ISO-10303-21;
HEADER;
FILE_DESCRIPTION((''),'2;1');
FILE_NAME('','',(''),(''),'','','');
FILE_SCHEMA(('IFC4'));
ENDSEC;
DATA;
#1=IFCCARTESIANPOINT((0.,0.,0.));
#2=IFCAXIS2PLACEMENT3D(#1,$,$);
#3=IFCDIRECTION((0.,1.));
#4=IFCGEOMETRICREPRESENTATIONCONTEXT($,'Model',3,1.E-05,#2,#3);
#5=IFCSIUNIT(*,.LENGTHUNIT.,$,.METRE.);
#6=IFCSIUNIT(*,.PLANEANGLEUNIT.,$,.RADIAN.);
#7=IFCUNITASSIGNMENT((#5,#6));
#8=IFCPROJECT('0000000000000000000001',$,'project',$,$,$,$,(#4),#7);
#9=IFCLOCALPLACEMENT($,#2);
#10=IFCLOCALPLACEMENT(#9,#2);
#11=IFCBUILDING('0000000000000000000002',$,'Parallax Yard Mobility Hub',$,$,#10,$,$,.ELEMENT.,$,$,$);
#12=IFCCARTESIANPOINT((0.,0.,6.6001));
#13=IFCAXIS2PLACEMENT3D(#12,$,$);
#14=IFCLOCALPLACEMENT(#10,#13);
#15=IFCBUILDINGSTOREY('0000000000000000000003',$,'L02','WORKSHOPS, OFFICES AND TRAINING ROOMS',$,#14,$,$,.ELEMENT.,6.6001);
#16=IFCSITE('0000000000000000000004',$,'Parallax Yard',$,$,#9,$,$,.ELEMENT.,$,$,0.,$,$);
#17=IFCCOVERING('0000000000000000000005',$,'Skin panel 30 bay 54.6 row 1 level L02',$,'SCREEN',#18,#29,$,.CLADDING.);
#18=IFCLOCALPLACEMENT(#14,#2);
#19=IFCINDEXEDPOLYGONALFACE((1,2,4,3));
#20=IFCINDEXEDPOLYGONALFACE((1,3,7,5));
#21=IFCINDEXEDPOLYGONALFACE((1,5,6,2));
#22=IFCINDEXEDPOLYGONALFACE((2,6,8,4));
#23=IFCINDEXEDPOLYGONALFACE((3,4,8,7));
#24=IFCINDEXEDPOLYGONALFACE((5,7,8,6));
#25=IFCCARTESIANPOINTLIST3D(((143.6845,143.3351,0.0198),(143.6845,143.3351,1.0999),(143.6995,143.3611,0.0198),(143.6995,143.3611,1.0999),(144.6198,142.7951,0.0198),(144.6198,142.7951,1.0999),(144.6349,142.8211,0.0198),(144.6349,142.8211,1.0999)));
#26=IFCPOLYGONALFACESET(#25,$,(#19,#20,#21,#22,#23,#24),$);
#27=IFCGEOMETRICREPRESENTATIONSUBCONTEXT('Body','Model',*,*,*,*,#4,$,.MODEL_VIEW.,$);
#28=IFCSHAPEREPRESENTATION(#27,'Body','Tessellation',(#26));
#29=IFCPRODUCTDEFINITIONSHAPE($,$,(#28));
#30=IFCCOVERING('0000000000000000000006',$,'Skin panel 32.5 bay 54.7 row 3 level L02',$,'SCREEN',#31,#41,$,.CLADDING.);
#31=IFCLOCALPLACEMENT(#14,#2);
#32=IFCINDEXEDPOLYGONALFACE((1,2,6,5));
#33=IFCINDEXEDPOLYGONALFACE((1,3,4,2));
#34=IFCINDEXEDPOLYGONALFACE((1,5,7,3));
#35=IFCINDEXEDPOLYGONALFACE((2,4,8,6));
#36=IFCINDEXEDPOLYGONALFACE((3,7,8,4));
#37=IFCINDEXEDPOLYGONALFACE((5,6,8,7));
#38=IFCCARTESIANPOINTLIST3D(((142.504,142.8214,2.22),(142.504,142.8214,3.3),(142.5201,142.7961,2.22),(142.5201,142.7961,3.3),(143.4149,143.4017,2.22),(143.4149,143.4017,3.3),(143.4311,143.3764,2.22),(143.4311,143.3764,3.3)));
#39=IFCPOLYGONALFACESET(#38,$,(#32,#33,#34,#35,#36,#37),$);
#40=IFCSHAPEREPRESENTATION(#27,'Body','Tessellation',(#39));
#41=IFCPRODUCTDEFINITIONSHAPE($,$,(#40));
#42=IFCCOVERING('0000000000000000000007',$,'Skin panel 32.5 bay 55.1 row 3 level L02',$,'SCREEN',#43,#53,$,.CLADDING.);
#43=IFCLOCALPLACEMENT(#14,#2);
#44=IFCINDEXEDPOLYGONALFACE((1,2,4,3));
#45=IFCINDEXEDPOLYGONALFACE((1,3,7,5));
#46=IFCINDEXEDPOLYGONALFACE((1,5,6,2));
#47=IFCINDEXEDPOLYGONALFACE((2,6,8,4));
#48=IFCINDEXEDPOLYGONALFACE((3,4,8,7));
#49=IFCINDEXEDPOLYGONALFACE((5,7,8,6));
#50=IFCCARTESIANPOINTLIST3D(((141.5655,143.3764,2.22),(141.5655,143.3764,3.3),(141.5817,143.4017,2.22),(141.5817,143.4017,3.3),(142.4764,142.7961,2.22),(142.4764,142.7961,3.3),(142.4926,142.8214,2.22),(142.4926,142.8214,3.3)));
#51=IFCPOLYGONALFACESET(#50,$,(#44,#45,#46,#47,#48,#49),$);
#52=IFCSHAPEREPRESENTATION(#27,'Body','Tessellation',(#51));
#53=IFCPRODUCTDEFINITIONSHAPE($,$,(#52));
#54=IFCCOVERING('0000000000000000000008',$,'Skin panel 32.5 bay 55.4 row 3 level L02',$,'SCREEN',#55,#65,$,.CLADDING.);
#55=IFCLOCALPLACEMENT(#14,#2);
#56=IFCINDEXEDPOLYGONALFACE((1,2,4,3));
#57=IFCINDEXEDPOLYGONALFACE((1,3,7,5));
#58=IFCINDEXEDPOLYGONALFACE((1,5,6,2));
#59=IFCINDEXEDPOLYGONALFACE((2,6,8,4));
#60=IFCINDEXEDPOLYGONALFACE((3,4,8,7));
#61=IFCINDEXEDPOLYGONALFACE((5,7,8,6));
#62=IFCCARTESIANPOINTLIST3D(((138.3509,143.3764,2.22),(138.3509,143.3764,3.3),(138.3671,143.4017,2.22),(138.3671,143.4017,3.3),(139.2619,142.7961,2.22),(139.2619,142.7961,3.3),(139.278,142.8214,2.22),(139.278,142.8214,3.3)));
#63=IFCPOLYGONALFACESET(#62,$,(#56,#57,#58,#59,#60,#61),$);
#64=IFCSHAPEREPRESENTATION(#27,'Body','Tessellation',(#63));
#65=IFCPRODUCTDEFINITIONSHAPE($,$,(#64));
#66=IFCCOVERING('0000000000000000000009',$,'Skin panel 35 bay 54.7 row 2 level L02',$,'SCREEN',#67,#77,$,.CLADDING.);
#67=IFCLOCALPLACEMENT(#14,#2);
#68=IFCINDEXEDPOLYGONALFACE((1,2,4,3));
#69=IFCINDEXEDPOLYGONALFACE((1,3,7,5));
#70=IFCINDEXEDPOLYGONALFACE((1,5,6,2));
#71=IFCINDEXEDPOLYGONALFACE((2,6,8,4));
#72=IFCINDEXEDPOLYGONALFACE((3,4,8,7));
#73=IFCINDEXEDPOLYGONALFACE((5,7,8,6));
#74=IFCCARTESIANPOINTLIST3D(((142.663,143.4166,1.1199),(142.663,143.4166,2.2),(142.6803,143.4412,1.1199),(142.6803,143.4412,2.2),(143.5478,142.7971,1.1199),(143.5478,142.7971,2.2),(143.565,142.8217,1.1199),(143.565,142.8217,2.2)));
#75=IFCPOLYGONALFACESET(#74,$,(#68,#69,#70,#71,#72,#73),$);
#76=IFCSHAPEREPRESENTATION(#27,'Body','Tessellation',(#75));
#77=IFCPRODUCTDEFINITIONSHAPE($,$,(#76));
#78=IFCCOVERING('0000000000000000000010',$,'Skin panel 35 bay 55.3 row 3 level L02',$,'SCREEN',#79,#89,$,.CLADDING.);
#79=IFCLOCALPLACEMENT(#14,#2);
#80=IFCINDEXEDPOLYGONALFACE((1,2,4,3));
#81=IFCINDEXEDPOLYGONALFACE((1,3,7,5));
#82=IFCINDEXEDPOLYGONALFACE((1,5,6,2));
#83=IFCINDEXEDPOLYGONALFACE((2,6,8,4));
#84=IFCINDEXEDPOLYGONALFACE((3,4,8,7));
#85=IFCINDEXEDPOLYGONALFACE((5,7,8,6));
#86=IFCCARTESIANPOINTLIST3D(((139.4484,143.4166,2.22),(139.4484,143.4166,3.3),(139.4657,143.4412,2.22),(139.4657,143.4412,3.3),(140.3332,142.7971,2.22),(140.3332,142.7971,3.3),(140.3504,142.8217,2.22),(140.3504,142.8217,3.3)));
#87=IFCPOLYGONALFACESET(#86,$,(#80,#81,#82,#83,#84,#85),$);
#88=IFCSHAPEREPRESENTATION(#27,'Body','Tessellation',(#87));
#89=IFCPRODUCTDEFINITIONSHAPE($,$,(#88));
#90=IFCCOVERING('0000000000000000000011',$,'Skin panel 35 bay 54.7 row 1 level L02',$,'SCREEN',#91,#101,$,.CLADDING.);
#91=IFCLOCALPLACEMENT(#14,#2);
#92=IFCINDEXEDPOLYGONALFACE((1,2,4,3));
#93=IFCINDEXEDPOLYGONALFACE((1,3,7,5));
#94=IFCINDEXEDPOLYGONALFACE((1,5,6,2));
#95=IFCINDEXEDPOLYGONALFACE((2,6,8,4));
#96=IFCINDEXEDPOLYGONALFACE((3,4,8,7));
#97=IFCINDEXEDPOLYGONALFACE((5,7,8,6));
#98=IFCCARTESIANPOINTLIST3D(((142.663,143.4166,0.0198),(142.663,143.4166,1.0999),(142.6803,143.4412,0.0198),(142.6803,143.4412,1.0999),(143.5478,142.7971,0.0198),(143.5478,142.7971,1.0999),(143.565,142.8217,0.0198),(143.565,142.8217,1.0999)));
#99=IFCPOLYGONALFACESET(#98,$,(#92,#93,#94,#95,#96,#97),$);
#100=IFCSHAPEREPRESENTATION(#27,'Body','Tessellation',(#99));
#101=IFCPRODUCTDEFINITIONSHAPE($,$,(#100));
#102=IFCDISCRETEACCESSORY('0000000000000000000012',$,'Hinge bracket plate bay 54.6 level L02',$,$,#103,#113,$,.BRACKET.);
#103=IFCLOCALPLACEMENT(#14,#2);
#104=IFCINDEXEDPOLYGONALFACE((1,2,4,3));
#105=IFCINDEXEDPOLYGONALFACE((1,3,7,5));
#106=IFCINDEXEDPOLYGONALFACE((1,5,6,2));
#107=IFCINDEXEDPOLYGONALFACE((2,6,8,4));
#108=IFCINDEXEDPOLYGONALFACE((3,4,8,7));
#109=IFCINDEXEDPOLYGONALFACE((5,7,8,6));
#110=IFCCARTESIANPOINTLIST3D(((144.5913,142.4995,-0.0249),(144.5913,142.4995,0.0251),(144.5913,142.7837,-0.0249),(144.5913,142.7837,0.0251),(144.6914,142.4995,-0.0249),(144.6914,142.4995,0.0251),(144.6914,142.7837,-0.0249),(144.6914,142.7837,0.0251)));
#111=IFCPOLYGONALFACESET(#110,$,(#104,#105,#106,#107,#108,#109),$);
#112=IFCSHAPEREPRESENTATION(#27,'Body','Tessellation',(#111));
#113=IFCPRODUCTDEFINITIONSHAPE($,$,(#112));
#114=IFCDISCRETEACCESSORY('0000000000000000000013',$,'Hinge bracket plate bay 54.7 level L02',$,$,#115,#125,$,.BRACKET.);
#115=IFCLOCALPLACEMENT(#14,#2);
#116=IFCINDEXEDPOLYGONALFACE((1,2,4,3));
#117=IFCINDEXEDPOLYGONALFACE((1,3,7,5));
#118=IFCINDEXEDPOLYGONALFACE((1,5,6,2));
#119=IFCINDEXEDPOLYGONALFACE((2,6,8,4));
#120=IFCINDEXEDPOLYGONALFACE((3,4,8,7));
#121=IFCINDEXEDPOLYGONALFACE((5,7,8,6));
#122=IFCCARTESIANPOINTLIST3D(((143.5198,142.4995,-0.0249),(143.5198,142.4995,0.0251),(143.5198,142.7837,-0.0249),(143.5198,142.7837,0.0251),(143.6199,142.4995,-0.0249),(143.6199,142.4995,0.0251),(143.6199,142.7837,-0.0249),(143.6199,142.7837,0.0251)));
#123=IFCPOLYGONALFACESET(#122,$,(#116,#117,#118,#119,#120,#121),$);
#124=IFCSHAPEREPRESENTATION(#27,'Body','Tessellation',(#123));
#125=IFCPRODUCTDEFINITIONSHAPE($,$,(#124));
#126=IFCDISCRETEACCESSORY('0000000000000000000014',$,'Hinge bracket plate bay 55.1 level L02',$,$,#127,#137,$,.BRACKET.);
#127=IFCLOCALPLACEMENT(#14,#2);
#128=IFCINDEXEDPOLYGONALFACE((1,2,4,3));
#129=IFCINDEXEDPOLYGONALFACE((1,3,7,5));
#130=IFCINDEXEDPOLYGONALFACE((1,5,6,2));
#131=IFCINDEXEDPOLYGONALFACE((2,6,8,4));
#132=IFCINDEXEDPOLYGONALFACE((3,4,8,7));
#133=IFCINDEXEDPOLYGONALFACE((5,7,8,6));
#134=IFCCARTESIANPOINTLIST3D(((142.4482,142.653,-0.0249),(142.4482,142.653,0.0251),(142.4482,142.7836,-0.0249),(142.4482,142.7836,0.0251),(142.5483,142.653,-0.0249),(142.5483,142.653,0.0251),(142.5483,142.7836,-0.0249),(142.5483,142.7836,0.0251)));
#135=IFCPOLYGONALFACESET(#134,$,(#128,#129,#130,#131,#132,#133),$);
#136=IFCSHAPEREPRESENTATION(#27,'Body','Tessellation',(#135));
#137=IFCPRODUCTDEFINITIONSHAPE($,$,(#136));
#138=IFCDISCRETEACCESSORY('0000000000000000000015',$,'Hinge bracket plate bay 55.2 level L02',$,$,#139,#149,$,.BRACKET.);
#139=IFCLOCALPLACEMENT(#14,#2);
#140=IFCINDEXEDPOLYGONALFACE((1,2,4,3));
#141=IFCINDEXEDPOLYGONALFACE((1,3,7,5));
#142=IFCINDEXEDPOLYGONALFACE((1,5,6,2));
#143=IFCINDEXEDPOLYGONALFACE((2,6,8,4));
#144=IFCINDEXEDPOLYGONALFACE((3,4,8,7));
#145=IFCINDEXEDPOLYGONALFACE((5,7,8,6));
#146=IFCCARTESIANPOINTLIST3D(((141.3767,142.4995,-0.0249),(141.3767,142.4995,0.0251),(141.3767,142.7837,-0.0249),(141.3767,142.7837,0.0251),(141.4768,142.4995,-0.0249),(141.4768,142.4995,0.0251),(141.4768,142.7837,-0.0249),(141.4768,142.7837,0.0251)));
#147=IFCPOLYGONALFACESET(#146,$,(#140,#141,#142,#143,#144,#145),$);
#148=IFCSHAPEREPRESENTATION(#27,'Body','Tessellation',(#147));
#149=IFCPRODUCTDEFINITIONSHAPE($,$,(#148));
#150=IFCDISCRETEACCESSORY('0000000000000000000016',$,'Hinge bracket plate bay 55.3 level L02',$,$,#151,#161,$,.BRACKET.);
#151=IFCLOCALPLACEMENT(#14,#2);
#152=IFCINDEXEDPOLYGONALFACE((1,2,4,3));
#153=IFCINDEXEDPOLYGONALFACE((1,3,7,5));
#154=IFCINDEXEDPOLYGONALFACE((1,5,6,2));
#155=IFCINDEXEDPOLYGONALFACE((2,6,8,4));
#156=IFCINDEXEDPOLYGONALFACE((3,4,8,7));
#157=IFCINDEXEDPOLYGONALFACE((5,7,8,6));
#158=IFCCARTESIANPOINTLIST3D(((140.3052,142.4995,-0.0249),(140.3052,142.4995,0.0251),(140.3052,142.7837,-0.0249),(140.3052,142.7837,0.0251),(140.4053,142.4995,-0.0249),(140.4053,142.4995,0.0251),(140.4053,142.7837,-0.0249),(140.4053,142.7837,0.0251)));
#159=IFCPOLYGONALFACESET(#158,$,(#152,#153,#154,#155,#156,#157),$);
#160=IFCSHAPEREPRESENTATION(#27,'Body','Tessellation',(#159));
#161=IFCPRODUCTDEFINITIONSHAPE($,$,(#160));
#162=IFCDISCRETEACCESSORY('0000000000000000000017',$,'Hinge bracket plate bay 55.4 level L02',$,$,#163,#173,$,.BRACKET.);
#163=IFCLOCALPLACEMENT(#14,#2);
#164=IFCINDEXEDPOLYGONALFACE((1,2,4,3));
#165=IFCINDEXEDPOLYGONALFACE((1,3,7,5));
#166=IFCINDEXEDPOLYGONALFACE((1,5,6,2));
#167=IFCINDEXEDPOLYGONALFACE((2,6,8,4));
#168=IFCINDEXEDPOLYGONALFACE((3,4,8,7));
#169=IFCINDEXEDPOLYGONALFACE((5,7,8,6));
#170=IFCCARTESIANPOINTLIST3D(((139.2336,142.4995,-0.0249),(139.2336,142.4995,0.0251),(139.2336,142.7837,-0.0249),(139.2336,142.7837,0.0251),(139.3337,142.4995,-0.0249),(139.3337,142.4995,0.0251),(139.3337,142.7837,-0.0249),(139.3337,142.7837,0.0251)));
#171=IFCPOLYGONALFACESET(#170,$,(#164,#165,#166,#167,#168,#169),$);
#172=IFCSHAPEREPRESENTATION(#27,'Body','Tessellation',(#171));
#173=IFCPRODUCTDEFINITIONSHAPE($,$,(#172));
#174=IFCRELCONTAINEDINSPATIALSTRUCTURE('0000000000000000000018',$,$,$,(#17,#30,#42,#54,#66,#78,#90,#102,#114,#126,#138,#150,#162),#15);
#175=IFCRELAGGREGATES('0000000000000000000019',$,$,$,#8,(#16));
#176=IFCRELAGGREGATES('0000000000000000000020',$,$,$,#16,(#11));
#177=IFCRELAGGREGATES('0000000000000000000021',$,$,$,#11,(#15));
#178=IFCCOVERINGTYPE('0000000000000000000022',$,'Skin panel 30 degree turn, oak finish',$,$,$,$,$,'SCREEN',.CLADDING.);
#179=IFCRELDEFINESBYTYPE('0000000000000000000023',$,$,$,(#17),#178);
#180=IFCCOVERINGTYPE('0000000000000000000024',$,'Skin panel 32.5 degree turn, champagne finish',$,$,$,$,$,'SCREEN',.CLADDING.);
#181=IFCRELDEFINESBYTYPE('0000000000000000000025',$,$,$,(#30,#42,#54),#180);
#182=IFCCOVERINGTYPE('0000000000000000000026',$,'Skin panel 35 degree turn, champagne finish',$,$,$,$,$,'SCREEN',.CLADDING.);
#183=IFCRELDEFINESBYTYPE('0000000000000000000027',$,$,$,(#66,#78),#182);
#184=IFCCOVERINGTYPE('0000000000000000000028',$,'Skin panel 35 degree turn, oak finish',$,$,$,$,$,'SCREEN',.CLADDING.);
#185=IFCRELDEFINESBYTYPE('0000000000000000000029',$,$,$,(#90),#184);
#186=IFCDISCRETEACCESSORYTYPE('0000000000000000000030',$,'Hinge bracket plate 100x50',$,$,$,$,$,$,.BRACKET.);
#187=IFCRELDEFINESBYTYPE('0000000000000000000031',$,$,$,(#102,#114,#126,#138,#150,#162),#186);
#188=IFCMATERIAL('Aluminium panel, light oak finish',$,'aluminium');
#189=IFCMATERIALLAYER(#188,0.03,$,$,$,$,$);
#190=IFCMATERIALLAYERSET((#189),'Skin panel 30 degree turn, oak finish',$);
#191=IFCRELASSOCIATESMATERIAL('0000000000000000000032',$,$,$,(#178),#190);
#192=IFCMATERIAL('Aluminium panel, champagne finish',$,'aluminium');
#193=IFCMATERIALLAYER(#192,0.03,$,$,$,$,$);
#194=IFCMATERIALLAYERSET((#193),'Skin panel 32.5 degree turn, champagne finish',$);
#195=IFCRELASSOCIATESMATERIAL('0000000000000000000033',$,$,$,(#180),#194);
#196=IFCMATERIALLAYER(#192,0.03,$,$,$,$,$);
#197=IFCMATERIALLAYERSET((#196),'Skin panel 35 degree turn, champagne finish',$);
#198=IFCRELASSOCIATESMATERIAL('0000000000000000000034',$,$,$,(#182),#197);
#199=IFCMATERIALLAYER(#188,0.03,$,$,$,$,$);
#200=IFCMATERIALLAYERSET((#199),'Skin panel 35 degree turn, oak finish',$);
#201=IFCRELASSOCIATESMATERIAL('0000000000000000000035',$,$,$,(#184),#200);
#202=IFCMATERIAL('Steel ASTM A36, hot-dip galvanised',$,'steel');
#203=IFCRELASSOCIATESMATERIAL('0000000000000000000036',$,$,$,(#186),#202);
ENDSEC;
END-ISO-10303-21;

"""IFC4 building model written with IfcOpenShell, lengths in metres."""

from ifc_helpers import new_model, si_unit, direction, frame, origin, origin_2d, place, context, subcontext, project, spatial, rectangle, extrude, material, layer, layer_set, type_object, element, save


model = new_model("IFC4")

# Units and contexts
model_context = context("Model", 3, precision=1e-05, world=origin(), true_north=direction((0.0, 1.0)))
body_context = subcontext(model_context, "Body", "Model", "MODEL_VIEW")
ifc_project = project(units=[si_unit("LENGTHUNIT", "METRE"), si_unit("PLANEANGLEUNIT", "RADIAN")], contexts=[model_context])

# Site, building, storey
site_placement = place(None, origin())
site = spatial("IfcSite", under=ifc_project, at=site_placement, Name="Parallax Yard", CompositionType="ELEMENT", RefElevation=0.0)
building_placement = place(site_placement, origin())
building = spatial("IfcBuilding", under=site, at=building_placement, Name="Parallax Yard Mobility Hub", CompositionType="ELEMENT")
storey_placement = place(building_placement, frame((0.0, 0.0, 6.6001)))
storey = spatial("IfcBuildingStorey", under=building, at=storey_placement, Name="L02", Description="WORKSHOPS, OFFICES AND TRAINING ROOMS", CompositionType="ELEMENT", Elevation=6.6001)

# Coverings
ifc_material_1 = material(Name="Aluminium panel, champagne finish", Category="aluminium")
ifc_material_2 = material(Name="Aluminium panel, light oak finish", Category="aluminium")
ifc_layer_1 = layer(ifc_material_2, 0.03)
ifc_layer_set_1 = layer_set([ifc_layer_1], Name="Skin panel 30 degree turn, oak finish")
covering_type_1 = type_object("IfcCoveringType", Name="Skin panel 30 degree turn, oak finish", ElementType="SCREEN", PredefinedType="CLADDING", material=ifc_layer_set_1)
covering_1_placement = place(storey_placement, frame((144.1597, 143.0781, 0.0198), z_axis=(0.0, 0.0, 1.0), x_axis=(-0.866025, 0.5, 0.0)))
element("IfcCovering", 1, at=covering_1_placement, inside=storey, type_object=covering_type_1, Name="Skin panel 30 bay 54.6 row 1 level L02", ObjectType="SCREEN", PredefinedType="CLADDING", context=body_context, shape_type="SweptSolid", body=[
    extrude(rectangle(XDim=1.0801, YDim=0.03, at=origin_2d()), origin(), (0.0, 0.0, 1.0), 1.0801),
])
ifc_layer_2 = layer(ifc_material_1, 0.03)
ifc_layer_set_2 = layer_set([ifc_layer_2], Name="Skin panel 32.5 degree turn, champagne finish")
covering_type_2 = type_object("IfcCoveringType", Name="Skin panel 32.5 degree turn, champagne finish", ElementType="SCREEN", PredefinedType="CLADDING", material=ifc_layer_set_2)
for number, where, z_axis, x_axis, name in (
    (2, (142.9675, 143.0989, 2.22), (0.0, 0.0, 1.0), (0.843391, 0.5373, 0.0), "Skin panel 32.5 bay 54.7 row 3 level L02"),
    (3, (142.0291, 143.0989, 2.22), (0.0, 0.0, 1.0), (-0.843391, 0.5373, 0.0), "Skin panel 32.5 bay 55.1 row 3 level L02"),
    (4, (138.8145, 143.0989, 2.22), (0.0, 0.0, 1.0), (-0.843391, 0.5373, 0.0), "Skin panel 32.5 bay 55.4 row 3 level L02"),
):
    element("IfcCovering", number, at=place(storey_placement, frame(where, z_axis=z_axis, x_axis=x_axis)), inside=storey, type_object=covering_type_2, Name=name, ObjectType="SCREEN", PredefinedType="CLADDING", context=body_context, shape_type="SweptSolid", body=[
        extrude(rectangle(XDim=1.0801, YDim=0.03, at=origin_2d()), origin(), (0.0, 0.0, 1.0), 1.0801),
    ])
ifc_layer_3 = layer(ifc_material_1, 0.03)
ifc_layer_set_3 = layer_set([ifc_layer_3], Name="Skin panel 35 degree turn, champagne finish")
covering_type_3 = type_object("IfcCoveringType", Name="Skin panel 35 degree turn, champagne finish", ElementType="SCREEN", PredefinedType="CLADDING", material=ifc_layer_set_3)
for number, where, z_axis, x_axis, name in (
    (5, (143.114, 143.1191, 1.1199), (0.0, 0.0, 1.0), (-0.819152, 0.573576, 0.0), "Skin panel 35 bay 54.7 row 2 level L02"),
    (6, (139.8994, 143.1191, 2.22), (0.0, 0.0, 1.0), (-0.819152, 0.573576, 0.0), "Skin panel 35 bay 55.3 row 3 level L02"),
):
    element("IfcCovering", number, at=place(storey_placement, frame(where, z_axis=z_axis, x_axis=x_axis)), inside=storey, type_object=covering_type_3, Name=name, ObjectType="SCREEN", PredefinedType="CLADDING", context=body_context, shape_type="SweptSolid", body=[
        extrude(rectangle(XDim=1.0801, YDim=0.03, at=origin_2d()), origin(), (0.0, 0.0, 1.0), 1.0801),
    ])
ifc_layer_4 = layer(ifc_material_2, 0.03)
ifc_layer_set_4 = layer_set([ifc_layer_4], Name="Skin panel 35 degree turn, oak finish")
covering_type_4 = type_object("IfcCoveringType", Name="Skin panel 35 degree turn, oak finish", ElementType="SCREEN", PredefinedType="CLADDING", material=ifc_layer_set_4)
covering_2_placement = place(storey_placement, frame((143.114, 143.1191, 0.0198), z_axis=(0.0, 0.0, 1.0), x_axis=(-0.819152, 0.573576, 0.0)))
element("IfcCovering", 7, at=covering_2_placement, inside=storey, type_object=covering_type_4, Name="Skin panel 35 bay 54.7 row 1 level L02", ObjectType="SCREEN", PredefinedType="CLADDING", context=body_context, shape_type="SweptSolid", body=[
    extrude(rectangle(XDim=1.0801, YDim=0.03, at=origin_2d()), origin(), (0.0, 0.0, 1.0), 1.0801),
])

# Discrete accessories
ifc_material_3 = material(Name="Steel ASTM A36, hot-dip galvanised", Category="steel")
discrete_accessory_type_1 = type_object("IfcDiscreteAccessoryType", Name="Hinge bracket plate 100x50", PredefinedType="BRACKET", material=ifc_material_3)
for number, where, z_axis, x_axis, name in (
    (8, (144.6414, 142.6416, -0.0249), (0.0, 0.0, 1.0), (0.0, 1.0, 0.0), "Hinge bracket plate bay 54.6 level L02"),
    (9, (143.5698, 142.6416, -0.0249), (0.0, 0.0, 1.0), (0.0, 1.0, 0.0), "Hinge bracket plate bay 54.7 level L02"),
):
    element("IfcDiscreteAccessory", number, at=place(storey_placement, frame(where, z_axis=z_axis, x_axis=x_axis)), inside=storey, type_object=discrete_accessory_type_1, Name=name, PredefinedType="BRACKET", context=body_context, shape_type="SweptSolid", body=[
        extrude(rectangle(XDim=0.2842, YDim=0.1001, at=origin_2d()), origin(), (0.0, 0.0, 1.0), 0.05),
    ])
discrete_accessory_placement = place(storey_placement, frame((142.4983, 142.7183, -0.0249), z_axis=(0.0, 0.0, 1.0), x_axis=(0.0, 1.0, 0.0)))
element("IfcDiscreteAccessory", 10, at=discrete_accessory_placement, inside=storey, type_object=discrete_accessory_type_1, Name="Hinge bracket plate bay 55.1 level L02", PredefinedType="BRACKET", context=body_context, shape_type="SweptSolid", body=[
    extrude(rectangle(XDim=0.1306, YDim=0.1001, at=origin_2d()), origin(), (0.0, 0.0, 1.0), 0.05),
])
for number, where, z_axis, x_axis, name in (
    (11, (141.4268, 142.6416, -0.0249), (0.0, 0.0, 1.0), (0.0, 1.0, 0.0), "Hinge bracket plate bay 55.2 level L02"),
    (12, (140.3552, 142.6416, -0.0249), (0.0, 0.0, 1.0), (0.0, 1.0, 0.0), "Hinge bracket plate bay 55.3 level L02"),
    (13, (139.2837, 142.6416, -0.0249), (0.0, 0.0, 1.0), (0.0, 1.0, 0.0), "Hinge bracket plate bay 55.4 level L02"),
):
    element("IfcDiscreteAccessory", number, at=place(storey_placement, frame(where, z_axis=z_axis, x_axis=x_axis)), inside=storey, type_object=discrete_accessory_type_1, Name=name, PredefinedType="BRACKET", context=body_context, shape_type="SweptSolid", body=[
        extrude(rectangle(XDim=0.2842, YDim=0.1001, at=origin_2d()), origin(), (0.0, 0.0, 1.0), 0.05),
    ])

save(model, "model.ifc")
